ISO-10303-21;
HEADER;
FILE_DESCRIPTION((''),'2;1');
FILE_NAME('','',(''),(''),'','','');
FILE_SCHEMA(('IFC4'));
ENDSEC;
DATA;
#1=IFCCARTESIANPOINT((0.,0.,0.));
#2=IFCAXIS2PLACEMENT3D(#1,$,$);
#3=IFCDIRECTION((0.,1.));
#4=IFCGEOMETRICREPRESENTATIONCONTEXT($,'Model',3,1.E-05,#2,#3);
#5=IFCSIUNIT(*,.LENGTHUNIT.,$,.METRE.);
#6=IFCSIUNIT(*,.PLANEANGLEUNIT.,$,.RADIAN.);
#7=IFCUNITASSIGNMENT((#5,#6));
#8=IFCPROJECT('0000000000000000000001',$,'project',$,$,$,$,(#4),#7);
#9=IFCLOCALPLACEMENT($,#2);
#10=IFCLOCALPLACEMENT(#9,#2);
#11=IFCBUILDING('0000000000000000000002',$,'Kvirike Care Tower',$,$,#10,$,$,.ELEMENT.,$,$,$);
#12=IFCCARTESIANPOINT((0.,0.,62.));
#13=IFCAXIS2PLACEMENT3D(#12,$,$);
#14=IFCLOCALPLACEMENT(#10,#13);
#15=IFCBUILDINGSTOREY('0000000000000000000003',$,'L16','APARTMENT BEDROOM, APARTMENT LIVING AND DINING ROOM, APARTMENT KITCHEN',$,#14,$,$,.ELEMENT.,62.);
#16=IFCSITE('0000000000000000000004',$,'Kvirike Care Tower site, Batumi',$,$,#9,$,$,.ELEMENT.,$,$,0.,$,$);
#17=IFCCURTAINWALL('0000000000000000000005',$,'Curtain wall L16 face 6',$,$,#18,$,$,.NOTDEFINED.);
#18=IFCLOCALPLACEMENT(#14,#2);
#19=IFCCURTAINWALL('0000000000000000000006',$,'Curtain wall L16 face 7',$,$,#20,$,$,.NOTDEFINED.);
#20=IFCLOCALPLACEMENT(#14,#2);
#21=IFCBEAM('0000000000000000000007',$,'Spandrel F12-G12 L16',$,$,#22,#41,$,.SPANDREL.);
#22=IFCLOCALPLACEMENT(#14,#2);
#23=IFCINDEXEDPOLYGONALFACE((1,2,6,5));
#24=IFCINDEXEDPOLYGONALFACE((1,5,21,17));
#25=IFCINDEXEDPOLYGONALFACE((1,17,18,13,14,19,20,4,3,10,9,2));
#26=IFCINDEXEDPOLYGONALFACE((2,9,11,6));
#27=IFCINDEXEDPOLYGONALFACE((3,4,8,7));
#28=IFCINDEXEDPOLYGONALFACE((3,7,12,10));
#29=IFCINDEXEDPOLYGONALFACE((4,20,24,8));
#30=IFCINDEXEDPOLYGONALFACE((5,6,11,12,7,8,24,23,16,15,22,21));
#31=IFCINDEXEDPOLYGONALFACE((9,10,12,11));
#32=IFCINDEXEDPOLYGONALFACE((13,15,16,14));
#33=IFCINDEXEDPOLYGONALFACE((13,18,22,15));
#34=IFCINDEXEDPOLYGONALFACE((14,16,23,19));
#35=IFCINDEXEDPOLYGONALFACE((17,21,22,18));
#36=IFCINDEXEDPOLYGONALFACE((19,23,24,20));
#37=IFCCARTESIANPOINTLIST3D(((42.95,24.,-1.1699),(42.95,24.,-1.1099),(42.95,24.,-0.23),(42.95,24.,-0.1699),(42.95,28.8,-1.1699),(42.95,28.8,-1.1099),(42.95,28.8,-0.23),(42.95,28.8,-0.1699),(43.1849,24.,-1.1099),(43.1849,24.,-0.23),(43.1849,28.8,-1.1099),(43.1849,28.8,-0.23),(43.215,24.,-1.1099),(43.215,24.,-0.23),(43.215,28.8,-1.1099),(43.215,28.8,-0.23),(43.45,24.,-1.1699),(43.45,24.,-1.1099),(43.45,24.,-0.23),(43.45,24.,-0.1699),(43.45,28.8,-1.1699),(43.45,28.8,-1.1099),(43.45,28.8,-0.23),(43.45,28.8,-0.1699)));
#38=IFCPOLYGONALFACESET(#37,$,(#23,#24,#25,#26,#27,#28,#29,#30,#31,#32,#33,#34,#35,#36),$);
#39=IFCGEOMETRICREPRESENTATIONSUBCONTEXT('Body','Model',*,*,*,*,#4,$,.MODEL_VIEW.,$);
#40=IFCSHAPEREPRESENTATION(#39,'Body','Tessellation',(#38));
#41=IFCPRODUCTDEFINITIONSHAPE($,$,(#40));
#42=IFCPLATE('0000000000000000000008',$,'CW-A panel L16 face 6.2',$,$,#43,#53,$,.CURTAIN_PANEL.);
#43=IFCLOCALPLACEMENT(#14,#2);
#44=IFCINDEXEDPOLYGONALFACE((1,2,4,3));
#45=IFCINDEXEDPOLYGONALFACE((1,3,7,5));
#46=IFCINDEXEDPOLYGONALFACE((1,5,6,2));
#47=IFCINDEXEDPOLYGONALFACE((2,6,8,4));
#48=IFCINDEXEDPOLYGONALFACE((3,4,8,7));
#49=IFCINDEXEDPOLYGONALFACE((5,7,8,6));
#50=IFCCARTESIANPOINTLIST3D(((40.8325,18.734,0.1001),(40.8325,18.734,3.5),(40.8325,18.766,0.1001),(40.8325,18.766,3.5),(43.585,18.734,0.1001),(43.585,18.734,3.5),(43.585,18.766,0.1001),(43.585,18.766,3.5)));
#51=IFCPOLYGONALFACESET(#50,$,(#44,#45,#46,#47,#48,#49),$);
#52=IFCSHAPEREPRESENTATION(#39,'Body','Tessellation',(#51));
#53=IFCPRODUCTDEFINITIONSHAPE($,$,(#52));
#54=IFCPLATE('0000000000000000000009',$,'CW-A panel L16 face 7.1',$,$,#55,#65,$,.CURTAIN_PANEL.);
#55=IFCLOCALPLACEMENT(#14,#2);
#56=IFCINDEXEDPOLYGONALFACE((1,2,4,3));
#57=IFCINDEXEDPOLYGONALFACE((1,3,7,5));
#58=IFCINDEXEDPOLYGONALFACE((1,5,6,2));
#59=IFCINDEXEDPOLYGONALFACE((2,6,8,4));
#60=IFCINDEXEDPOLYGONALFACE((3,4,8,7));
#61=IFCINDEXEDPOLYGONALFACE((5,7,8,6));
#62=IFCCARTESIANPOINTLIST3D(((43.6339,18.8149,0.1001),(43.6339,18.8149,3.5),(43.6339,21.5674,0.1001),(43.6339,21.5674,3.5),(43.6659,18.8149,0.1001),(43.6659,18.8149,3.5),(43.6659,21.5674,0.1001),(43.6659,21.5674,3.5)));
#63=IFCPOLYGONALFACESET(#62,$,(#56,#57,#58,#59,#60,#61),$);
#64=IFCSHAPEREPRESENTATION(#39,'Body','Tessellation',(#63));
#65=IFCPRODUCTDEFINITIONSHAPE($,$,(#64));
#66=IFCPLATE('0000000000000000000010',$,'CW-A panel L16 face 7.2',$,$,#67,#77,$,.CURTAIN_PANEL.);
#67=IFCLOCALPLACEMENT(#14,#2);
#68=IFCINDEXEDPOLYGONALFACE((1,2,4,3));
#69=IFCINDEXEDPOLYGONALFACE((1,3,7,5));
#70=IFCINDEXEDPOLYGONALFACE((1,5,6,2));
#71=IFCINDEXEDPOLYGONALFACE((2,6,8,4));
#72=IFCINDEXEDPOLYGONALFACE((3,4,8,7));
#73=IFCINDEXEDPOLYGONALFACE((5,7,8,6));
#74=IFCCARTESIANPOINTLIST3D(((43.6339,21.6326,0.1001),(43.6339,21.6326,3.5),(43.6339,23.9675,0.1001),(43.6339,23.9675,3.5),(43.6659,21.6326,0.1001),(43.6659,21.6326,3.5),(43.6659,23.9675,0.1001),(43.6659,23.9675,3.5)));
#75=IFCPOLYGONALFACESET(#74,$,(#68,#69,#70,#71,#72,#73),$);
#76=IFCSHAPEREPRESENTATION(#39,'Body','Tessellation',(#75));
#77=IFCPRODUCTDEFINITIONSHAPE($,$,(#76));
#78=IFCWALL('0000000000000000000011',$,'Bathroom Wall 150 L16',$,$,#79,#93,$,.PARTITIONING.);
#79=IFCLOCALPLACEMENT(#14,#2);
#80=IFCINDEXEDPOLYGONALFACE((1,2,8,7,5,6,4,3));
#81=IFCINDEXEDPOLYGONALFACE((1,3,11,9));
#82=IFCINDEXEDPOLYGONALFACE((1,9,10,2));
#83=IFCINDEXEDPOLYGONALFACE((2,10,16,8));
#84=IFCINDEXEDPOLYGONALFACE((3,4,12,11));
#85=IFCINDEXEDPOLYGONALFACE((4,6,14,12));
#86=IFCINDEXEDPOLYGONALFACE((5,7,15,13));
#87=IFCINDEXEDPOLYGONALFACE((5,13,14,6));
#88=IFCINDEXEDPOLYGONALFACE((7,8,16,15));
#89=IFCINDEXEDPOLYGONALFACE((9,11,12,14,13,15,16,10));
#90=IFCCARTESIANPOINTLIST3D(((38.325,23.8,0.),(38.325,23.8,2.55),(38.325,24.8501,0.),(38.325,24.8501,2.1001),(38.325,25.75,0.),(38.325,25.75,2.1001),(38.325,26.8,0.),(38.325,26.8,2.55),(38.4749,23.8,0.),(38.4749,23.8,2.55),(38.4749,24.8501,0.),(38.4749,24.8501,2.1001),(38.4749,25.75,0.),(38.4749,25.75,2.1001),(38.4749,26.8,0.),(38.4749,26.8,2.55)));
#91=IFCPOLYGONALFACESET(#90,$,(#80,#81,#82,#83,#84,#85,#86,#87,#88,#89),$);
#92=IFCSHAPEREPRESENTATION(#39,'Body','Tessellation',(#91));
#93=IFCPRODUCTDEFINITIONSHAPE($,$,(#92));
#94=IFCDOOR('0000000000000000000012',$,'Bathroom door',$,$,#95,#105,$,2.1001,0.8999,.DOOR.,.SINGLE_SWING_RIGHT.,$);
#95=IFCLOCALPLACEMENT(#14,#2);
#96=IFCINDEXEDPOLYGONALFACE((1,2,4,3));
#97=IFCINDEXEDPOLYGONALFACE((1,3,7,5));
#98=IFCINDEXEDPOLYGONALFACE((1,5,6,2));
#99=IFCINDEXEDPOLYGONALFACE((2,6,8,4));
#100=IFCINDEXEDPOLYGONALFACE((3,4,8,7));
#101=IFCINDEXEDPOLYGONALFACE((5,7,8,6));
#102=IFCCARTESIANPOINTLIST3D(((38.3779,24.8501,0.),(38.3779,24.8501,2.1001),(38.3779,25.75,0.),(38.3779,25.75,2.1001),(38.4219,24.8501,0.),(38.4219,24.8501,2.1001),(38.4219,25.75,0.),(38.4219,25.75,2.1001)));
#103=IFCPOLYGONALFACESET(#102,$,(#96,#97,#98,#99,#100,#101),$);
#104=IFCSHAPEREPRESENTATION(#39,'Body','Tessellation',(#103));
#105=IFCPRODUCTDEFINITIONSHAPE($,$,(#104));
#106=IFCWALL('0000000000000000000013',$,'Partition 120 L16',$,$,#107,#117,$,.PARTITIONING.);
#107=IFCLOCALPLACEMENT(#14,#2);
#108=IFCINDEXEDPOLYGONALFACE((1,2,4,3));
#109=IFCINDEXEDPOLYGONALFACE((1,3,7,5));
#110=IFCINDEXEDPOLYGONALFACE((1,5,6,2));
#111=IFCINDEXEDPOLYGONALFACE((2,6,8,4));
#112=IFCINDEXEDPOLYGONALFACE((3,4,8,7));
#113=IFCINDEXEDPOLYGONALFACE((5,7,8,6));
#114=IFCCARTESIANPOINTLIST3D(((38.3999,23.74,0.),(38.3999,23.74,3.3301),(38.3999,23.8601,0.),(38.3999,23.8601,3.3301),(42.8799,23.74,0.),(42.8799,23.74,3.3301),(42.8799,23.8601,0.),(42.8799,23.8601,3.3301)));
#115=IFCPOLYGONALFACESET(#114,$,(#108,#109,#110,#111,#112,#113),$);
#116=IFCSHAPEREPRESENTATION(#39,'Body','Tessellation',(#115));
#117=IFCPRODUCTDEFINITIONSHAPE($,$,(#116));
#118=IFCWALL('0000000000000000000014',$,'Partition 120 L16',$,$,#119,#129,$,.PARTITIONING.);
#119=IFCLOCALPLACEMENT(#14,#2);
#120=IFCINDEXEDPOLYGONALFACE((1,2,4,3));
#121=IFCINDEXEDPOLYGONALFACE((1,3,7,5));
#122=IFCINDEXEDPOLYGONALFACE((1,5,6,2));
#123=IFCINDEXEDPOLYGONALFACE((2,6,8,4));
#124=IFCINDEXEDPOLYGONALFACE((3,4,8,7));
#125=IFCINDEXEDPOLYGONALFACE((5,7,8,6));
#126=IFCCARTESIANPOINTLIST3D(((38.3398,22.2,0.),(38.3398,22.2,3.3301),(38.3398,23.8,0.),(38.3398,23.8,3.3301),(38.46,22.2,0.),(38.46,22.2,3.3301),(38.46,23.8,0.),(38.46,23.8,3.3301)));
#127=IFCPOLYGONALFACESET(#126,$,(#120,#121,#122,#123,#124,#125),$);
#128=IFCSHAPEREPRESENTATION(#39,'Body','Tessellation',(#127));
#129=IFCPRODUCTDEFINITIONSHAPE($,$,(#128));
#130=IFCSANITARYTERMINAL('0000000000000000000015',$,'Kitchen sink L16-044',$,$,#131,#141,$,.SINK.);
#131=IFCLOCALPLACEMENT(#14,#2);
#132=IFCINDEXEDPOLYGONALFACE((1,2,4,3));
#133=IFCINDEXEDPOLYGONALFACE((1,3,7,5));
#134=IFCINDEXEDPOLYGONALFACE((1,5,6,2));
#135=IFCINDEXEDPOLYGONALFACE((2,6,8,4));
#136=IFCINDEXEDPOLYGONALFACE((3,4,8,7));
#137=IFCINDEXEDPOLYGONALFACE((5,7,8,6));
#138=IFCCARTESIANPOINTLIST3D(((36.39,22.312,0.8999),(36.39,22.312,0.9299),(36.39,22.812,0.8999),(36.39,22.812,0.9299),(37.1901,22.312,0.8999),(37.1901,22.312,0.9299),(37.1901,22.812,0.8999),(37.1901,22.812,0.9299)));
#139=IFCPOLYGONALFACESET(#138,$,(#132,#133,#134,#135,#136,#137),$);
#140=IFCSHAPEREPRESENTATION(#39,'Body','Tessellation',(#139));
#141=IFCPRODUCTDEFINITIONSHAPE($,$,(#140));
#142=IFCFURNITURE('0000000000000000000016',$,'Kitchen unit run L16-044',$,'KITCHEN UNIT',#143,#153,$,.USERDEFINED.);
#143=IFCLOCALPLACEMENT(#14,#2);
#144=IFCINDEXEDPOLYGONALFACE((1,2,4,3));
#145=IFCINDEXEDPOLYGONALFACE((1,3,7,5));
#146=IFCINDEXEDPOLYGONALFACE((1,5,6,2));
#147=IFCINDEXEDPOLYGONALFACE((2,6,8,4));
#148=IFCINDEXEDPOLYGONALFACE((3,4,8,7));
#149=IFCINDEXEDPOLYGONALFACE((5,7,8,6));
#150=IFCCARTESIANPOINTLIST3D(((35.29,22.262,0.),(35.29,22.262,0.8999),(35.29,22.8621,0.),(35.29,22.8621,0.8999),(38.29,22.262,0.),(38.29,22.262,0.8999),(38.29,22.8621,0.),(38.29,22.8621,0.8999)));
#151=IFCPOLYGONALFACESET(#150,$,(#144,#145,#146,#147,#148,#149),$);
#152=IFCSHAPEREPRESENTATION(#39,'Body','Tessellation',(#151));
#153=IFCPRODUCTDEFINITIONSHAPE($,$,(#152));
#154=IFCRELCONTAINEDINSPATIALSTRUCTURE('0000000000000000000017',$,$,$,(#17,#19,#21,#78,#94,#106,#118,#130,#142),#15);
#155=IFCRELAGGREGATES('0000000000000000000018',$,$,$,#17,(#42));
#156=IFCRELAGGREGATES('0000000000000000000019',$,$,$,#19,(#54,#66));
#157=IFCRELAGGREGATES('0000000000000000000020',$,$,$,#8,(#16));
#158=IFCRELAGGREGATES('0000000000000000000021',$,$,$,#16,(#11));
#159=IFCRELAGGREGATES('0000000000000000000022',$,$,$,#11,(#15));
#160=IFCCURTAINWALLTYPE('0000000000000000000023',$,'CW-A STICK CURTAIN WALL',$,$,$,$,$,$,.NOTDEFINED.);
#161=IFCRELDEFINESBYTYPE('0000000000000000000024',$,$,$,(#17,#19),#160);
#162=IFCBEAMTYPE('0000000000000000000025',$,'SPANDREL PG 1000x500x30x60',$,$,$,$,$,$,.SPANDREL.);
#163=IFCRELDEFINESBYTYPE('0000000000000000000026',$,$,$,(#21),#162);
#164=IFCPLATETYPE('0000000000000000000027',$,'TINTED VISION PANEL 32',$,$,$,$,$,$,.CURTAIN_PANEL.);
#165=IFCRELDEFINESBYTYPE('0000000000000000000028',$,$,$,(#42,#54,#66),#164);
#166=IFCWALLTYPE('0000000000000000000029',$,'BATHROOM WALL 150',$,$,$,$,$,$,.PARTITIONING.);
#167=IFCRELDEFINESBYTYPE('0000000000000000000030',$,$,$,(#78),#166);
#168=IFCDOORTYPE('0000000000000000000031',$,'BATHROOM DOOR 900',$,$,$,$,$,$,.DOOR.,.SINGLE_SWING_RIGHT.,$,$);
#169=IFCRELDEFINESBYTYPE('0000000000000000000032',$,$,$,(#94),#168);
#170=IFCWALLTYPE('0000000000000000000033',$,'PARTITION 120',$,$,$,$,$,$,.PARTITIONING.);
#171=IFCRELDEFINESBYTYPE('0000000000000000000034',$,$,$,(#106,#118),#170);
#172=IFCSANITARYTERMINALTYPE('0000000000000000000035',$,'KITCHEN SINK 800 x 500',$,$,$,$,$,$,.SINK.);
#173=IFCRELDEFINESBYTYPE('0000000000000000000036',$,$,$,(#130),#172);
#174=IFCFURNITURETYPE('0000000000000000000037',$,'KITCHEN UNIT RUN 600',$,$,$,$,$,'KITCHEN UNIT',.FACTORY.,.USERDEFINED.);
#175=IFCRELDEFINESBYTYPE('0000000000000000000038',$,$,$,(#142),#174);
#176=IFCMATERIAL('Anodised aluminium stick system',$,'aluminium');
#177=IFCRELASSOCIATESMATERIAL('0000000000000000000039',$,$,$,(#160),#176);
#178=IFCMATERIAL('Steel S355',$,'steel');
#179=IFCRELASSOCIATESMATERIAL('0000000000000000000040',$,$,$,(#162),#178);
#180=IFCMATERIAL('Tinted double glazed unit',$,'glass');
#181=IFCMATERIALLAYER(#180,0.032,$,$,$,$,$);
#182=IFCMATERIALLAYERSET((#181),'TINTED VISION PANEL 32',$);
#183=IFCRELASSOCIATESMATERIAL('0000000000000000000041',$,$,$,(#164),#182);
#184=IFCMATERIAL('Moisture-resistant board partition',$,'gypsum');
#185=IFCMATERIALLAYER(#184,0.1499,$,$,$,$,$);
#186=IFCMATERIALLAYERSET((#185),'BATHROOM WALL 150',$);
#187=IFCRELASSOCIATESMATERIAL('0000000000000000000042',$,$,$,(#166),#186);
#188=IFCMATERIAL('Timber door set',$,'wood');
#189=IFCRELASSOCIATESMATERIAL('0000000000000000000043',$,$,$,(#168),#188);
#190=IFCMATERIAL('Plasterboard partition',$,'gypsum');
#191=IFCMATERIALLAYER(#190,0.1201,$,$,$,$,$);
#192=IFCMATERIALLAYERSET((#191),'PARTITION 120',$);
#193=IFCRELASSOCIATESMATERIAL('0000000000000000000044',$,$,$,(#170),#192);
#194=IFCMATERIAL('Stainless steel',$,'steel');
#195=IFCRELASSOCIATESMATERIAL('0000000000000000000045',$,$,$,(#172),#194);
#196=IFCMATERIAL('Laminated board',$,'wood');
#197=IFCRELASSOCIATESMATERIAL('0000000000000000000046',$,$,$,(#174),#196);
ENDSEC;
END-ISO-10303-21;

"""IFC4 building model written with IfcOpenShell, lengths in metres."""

from ifc_helpers import new_model, si_unit, direction, frame, frame_2d, origin, origin_2d, place, context, subcontext, project, spatial, rectangle, i_section, extrude, material, layer, layer_set, material_profile, profile_set, type_object, element, fill, aggregate, save


model = new_model("IFC4")

# Units and contexts
model_context = context("Model", 3, precision=1e-05, world=origin(), true_north=direction((0.0, 1.0)))
body_context = subcontext(model_context, "Body", "Model", "MODEL_VIEW")
ifc_project = project(units=[si_unit("LENGTHUNIT", "METRE"), si_unit("PLANEANGLEUNIT", "RADIAN")], contexts=[model_context])

# Site, building, storey
site_placement = place(None, origin())
site = spatial("IfcSite", under=ifc_project, at=site_placement, Name="Kvirike Care Tower site, Batumi", CompositionType="ELEMENT", RefElevation=0.0)
building_placement = place(site_placement, origin())
building = spatial("IfcBuilding", under=site, at=building_placement, Name="Kvirike Care Tower", CompositionType="ELEMENT")
storey_placement = place(building_placement, frame((0.0, 0.0, 62.0)))
storey = spatial("IfcBuildingStorey", under=building, at=storey_placement, Name="L16", Description="APARTMENT BEDROOM, APARTMENT LIVING AND DINING ROOM, APARTMENT KITCHEN", CompositionType="ELEMENT", Elevation=62.0)

# Curtain wall
ifc_material_1 = material(Name="Anodised aluminium stick system", Category="aluminium")
curtain_wall_type = type_object("IfcCurtainWallType", Name="CW-A STICK CURTAIN WALL", PredefinedType="NOTDEFINED", material=ifc_material_1)
curtain_wall_1_placement = place(storey_placement, origin())
curtain_wall_1 = element("IfcCurtainWall", 1, at=curtain_wall_1_placement, inside=storey, type_object=curtain_wall_type, Name="Curtain wall L16 face 6", PredefinedType="NOTDEFINED")

# Curtain wall
curtain_wall_2_placement = place(storey_placement, origin())
curtain_wall_2 = element("IfcCurtainWall", 2, at=curtain_wall_2_placement, inside=storey, type_object=curtain_wall_type, Name="Curtain wall L16 face 7", PredefinedType="NOTDEFINED")

# Beam
ifc_material_2 = material(Name="Steel S355", Category="steel")
ifc_material_profile_1 = material_profile(ifc_material_2, i_section(OverallWidth=0.5, OverallDepth=1.0, WebThickness=0.03, FlangeThickness=0.0601, at=origin_2d()), Name="PG 1000x500x30x60")
ifc_profile_set_1 = profile_set([ifc_material_profile_1], Name="Steel S355")
beam_type = type_object("IfcBeamType", Name="SPANDREL PG 1000x500x30x60", PredefinedType="SPANDREL", material=ifc_profile_set_1)
for number, where, z_axis, x_axis, name in (
    (3, (43.2, 24.0, -0.6699), (0.0, 1.0, 0.0), (-1.0, 0.0, 0.0), "Spandrel F12-G12 L16"),
):
    element("IfcBeam", number, at=place(storey_placement, frame(where, z_axis=z_axis, x_axis=x_axis)), inside=storey, type_object=beam_type, Name=name, PredefinedType="SPANDREL", context=body_context, shape_type="SweptSolid", body=[
        extrude(i_section(OverallWidth=0.5, OverallDepth=1.0, WebThickness=0.03, FlangeThickness=0.0601, at=origin_2d()), origin(), (0.0, 0.0, 1.0), 4.8),
    ])

# Plates
ifc_material_3 = material(Name="Tinted double glazed unit", Category="glass")
ifc_layer_1 = layer(ifc_material_3, 0.032)
ifc_layer_set_1 = layer_set([ifc_layer_1], Name="TINTED VISION PANEL 32")
plate_type = type_object("IfcPlateType", Name="TINTED VISION PANEL 32", PredefinedType="CURTAIN_PANEL", material=ifc_layer_set_1)
plate_1_placement = place(storey_placement, frame((42.2087, 18.75, 0.1001), z_axis=(0.0, 0.0, 1.0), x_axis=(1.0, 0.0, 0.0)))
plate_1 = element("IfcPlate", 4, at=plate_1_placement, type_object=plate_type, Name="CW-A panel L16 face 6.2", PredefinedType="CURTAIN_PANEL", context=body_context, shape_type="SweptSolid", body=[
    extrude(rectangle(XDim=2.7524, YDim=0.032, at=origin_2d()), origin(), (0.0, 0.0, 1.0), 3.3999),
])
aggregate(curtain_wall_1, [plate_1])
plate_2_placement = place(storey_placement, frame((43.6499, 20.1912, 0.1001), z_axis=(0.0, 0.0, 1.0), x_axis=(0.0, 1.0, 0.0)))
plate_2 = element("IfcPlate", 5, at=plate_2_placement, type_object=plate_type, Name="CW-A panel L16 face 7.1", PredefinedType="CURTAIN_PANEL", context=body_context, shape_type="SweptSolid", body=[
    extrude(rectangle(XDim=2.7524, YDim=0.032, at=origin_2d()), origin(), (0.0, 0.0, 1.0), 3.3999),
])
plate_3_placement = place(storey_placement, frame((43.6499, 22.8, 0.1001), z_axis=(0.0, 0.0, 1.0), x_axis=(0.0, 1.0, 0.0)))
plate_3 = element("IfcPlate", 6, at=plate_3_placement, type_object=plate_type, Name="CW-A panel L16 face 7.2", PredefinedType="CURTAIN_PANEL", context=body_context, shape_type="SweptSolid", body=[
    extrude(rectangle(XDim=2.335, YDim=0.032, at=origin_2d()), origin(), (0.0, 0.0, 1.0), 3.3999),
])
aggregate(curtain_wall_2, [plate_2, plate_3])

# Wall, opening, door
ifc_material_4 = material(Name="Moisture-resistant board partition", Category="gypsum")
ifc_layer_2 = layer(ifc_material_4, 0.1499)
ifc_layer_set_2 = layer_set([ifc_layer_2], Name="BATHROOM WALL 150")
wall_type_1 = type_object("IfcWallType", Name="BATHROOM WALL 150", PredefinedType="PARTITIONING", material=ifc_layer_set_2)
wall_1_placement = place(storey_placement, frame((38.3999, 23.8, 0.0), z_axis=(0.0, 0.0, 1.0), x_axis=(0.0, 1.0, 0.0)))
wall_1 = element("IfcWall", 7, at=wall_1_placement, inside=storey, type_object=wall_type_1, Name="Bathroom Wall 150 L16", PredefinedType="PARTITIONING", context=body_context, shape_type="SweptSolid", body=[
    extrude(rectangle(XDim=3.0, YDim=0.1499, at=frame_2d((1.5, 0.0))), origin(), (0.0, 0.0, 1.0), 2.55),
])
opening_placement = place(wall_1_placement, frame((1.05, 0.0, 0.0)))
opening = element("IfcOpeningElement", 8, at=opening_placement, cuts=wall_1, PredefinedType="OPENING", context=body_context, shape_type="SweptSolid", body=[
    extrude(rectangle(XDim=0.8999, YDim=2.1001, at=frame_2d((0.45, 1.05))), frame((0.0, 0.0854, 0.0), z_axis=(0.0, -1.0, 0.0), x_axis=(1.0, 0.0, 0.0)), (0.0, 0.0, 1.0), 0.1709),
])
ifc_material_5 = material(Name="Timber door set", Category="wood")
door_type = type_object("IfcDoorType", Name="BATHROOM DOOR 900", OperationType="SINGLE_SWING_RIGHT", PredefinedType="DOOR", material=ifc_material_5)
door_placement = place(opening_placement, frame((0.8999, 0.0, 0.0), z_axis=(0.0, 0.0, 1.0), x_axis=(-1.0, 0.0, 0.0)))
door = element("IfcDoor", 9, at=door_placement, inside=storey, type_object=door_type, Name="Bathroom door", OperationType="SINGLE_SWING_RIGHT", OverallHeight=2.1001, OverallWidth=0.8999, PredefinedType="DOOR", context=body_context, shape_type="SweptSolid", body=[
    extrude(rectangle(XDim=0.8999, YDim=2.1001, at=frame_2d((0.45, 1.05))), frame((0.0, 0.022, 0.0), z_axis=(0.0, -1.0, 0.0), x_axis=(1.0, 0.0, 0.0)), (0.0, 0.0, 1.0), 0.0439),
])
fill(opening, door)

# Walls
ifc_material_6 = material(Name="Plasterboard partition", Category="gypsum")
ifc_layer_3 = layer(ifc_material_6, 0.1201)
ifc_layer_set_3 = layer_set([ifc_layer_3], Name="PARTITION 120")
wall_type_2 = type_object("IfcWallType", Name="PARTITION 120", PredefinedType="PARTITIONING", material=ifc_layer_set_3)
wall_2_placement = place(storey_placement, frame((38.3999, 23.8, 0.0), z_axis=(0.0, 0.0, 1.0), x_axis=(1.0, 0.0, 0.0)))
element("IfcWall", 10, at=wall_2_placement, inside=storey, type_object=wall_type_2, Name="Partition 120 L16", PredefinedType="PARTITIONING", context=body_context, shape_type="SweptSolid", body=[
    extrude(rectangle(XDim=4.48, YDim=0.1201, at=frame_2d((2.24, 0.0))), origin(), (0.0, 0.0, 1.0), 3.3301),
])
wall_3_placement = place(storey_placement, frame((38.3999, 22.2, 0.0), z_axis=(0.0, 0.0, 1.0), x_axis=(0.0, 1.0, 0.0)))
element("IfcWall", 11, at=wall_3_placement, inside=storey, type_object=wall_type_2, Name="Partition 120 L16", PredefinedType="PARTITIONING", context=body_context, shape_type="SweptSolid", body=[
    extrude(rectangle(XDim=1.6001, YDim=0.1201, at=frame_2d((0.8, 0.0))), origin(), (0.0, 0.0, 1.0), 3.3301),
])

# Sanitary terminal
ifc_material_7 = material(Name="Stainless steel", Category="steel")
sanitary_terminal_type = type_object("IfcSanitaryTerminalType", Name="KITCHEN SINK 800 x 500", PredefinedType="SINK", material=ifc_material_7)
sanitary_terminal_placement = place(storey_placement, frame((36.79, 22.562, 0.8999), z_axis=(0.0, 0.0, 1.0), x_axis=(-1.0, 0.0, 0.0)))
element("IfcSanitaryTerminal", 12, at=sanitary_terminal_placement, inside=storey, type_object=sanitary_terminal_type, Name="Kitchen sink L16-044", PredefinedType="SINK", context=body_context, shape_type="SweptSolid", body=[
    extrude(rectangle(XDim=0.8, YDim=0.5, at=origin_2d()), origin(), (0.0, 0.0, 1.0), 0.03),
])

# Furniture
ifc_material_8 = material(Name="Laminated board", Category="wood")
furniture_type = type_object("IfcFurnitureType", Name="KITCHEN UNIT RUN 600", ElementType="KITCHEN UNIT", AssemblyPlace="FACTORY", PredefinedType="USERDEFINED", material=ifc_material_8)
furniture_placement = place(storey_placement, frame((36.79, 22.562, 0.0), z_axis=(0.0, 0.0, 1.0), x_axis=(-1.0, 0.0, 0.0)))
element("IfcFurniture", 13, at=furniture_placement, inside=storey, type_object=furniture_type, Name="Kitchen unit run L16-044", ObjectType="KITCHEN UNIT", PredefinedType="USERDEFINED", context=body_context, shape_type="SweptSolid", body=[
    extrude(rectangle(XDim=3.0, YDim=0.6001, at=origin_2d()), origin(), (0.0, 0.0, 1.0), 0.8999),
])

save(model, "model.ifc")
